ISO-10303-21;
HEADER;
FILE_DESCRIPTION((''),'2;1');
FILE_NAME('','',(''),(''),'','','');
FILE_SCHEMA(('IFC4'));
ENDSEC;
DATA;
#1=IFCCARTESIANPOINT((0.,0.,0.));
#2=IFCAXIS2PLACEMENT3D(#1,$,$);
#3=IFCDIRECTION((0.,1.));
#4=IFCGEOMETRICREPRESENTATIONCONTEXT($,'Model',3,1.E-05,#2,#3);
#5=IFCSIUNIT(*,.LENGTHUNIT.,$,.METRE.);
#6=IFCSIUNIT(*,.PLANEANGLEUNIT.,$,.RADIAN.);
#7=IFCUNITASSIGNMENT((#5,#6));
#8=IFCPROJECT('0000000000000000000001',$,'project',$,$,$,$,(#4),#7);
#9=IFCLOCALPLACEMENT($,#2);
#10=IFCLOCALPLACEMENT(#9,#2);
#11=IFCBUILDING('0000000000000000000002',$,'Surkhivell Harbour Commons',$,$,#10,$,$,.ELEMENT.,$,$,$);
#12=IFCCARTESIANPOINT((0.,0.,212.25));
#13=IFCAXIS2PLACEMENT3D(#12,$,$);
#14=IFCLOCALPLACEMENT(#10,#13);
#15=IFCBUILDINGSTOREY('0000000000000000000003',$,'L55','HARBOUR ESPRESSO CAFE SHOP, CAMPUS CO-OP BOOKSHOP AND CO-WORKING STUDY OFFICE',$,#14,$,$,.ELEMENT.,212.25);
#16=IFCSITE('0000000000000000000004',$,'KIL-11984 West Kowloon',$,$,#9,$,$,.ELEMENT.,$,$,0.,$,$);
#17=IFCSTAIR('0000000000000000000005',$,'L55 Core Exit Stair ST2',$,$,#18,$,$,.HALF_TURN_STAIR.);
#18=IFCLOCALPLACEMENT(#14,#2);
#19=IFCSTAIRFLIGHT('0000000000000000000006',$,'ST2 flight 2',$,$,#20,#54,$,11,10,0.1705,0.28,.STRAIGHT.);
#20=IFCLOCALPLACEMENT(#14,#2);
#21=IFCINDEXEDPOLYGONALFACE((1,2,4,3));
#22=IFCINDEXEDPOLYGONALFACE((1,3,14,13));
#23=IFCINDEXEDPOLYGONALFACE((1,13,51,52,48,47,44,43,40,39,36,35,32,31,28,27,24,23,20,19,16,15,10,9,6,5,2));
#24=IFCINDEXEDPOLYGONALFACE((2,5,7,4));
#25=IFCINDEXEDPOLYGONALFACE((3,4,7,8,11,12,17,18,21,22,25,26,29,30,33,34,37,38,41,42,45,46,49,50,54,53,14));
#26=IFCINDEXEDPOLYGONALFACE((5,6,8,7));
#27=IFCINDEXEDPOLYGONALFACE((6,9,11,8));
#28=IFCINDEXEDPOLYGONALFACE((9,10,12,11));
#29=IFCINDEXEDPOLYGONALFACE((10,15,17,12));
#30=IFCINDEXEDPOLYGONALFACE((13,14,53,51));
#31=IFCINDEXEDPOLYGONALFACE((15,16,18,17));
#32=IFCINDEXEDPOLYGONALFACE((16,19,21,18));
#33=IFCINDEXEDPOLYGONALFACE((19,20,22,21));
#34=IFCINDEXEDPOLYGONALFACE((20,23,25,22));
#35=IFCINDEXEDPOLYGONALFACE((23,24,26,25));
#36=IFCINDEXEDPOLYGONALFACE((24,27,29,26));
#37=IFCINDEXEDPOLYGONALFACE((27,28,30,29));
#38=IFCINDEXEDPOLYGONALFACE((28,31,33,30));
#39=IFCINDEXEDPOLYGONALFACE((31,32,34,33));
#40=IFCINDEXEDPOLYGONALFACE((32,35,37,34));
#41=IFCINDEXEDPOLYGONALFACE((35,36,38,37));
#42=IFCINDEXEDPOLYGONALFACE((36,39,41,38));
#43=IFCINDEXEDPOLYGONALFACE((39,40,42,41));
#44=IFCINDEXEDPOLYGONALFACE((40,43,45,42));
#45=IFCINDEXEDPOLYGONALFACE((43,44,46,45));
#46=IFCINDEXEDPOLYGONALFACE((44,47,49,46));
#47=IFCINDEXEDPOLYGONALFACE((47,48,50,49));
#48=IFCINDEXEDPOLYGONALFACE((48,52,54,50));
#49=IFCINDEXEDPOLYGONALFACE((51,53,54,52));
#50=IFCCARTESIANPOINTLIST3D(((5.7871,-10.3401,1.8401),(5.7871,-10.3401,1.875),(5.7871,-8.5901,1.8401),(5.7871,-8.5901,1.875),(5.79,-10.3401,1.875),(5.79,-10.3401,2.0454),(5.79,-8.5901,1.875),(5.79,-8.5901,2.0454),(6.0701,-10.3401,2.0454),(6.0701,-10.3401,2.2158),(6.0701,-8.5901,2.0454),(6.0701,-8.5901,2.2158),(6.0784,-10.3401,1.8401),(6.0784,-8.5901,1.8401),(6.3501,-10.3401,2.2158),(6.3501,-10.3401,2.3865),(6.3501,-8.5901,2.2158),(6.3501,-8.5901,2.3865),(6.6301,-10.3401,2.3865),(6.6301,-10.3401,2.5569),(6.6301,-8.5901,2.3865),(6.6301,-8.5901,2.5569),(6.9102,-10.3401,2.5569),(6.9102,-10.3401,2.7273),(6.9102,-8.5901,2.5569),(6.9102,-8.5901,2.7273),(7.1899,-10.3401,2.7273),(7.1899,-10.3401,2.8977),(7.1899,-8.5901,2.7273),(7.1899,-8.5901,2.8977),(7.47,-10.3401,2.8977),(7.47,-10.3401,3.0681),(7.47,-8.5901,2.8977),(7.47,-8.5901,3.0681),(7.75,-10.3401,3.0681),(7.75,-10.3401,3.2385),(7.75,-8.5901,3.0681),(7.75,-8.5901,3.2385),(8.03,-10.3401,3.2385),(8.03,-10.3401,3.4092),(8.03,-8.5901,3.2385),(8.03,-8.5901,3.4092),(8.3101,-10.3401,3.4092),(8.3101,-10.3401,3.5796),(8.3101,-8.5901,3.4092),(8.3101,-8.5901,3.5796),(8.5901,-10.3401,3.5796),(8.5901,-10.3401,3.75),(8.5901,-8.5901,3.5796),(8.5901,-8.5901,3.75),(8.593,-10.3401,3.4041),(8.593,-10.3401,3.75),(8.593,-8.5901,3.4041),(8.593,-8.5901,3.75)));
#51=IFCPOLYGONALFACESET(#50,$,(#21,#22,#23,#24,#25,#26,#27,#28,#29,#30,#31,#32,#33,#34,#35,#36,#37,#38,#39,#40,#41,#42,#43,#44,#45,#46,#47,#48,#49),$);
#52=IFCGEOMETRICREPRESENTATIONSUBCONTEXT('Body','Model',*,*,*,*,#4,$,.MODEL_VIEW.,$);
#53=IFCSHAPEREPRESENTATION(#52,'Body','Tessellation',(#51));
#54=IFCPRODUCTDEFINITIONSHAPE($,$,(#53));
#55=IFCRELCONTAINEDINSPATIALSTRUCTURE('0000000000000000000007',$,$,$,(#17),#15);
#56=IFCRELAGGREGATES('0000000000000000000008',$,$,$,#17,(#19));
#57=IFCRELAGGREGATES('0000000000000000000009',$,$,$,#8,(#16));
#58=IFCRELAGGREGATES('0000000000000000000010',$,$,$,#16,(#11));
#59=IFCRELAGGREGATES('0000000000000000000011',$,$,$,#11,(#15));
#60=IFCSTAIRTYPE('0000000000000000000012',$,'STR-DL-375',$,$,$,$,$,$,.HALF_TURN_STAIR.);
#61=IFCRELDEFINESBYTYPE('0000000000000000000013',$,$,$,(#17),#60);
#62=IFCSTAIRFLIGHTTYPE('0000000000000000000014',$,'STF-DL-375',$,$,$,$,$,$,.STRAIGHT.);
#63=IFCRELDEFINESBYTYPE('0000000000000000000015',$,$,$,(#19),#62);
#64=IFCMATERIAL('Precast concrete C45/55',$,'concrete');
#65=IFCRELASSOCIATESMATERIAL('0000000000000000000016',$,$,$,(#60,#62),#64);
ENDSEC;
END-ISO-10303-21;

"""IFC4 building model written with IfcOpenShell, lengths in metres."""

from ifc_helpers import new_model, si_unit, direction, frame, origin, place, context, subcontext, project, spatial, polyline, outline, extrude, material, type_object, element, aggregate, save


model = new_model("IFC4")

# Units and contexts
model_context = context("Model", 3, precision=1e-05, world=origin(), true_north=direction((0.0, 1.0)))
body_context = subcontext(model_context, "Body", "Model", "MODEL_VIEW")
ifc_project = project(units=[si_unit("LENGTHUNIT", "METRE"), si_unit("PLANEANGLEUNIT", "RADIAN")], contexts=[model_context])

# Site, building, storey
site_placement = place(None, origin())
site = spatial("IfcSite", under=ifc_project, at=site_placement, Name="KIL-11984 West Kowloon", CompositionType="ELEMENT", RefElevation=0.0)
building_placement = place(site_placement, origin())
building = spatial("IfcBuilding", under=site, at=building_placement, Name="Surkhivell Harbour Commons", CompositionType="ELEMENT")
storey_placement = place(building_placement, frame((0.0, 0.0, 212.25)))
storey = spatial("IfcBuildingStorey", under=building, at=storey_placement, Name="L55", Description="HARBOUR ESPRESSO CAFE SHOP, CAMPUS CO-OP BOOKSHOP AND CO-WORKING STUDY OFFICE", CompositionType="ELEMENT", Elevation=212.25)

# Stair, stair flight
ifc_material_1 = material(Name="Precast concrete C45/55", Category="concrete")
stair_type = type_object("IfcStairType", Name="STR-DL-375", PredefinedType="HALF_TURN_STAIR", material=ifc_material_1)
stair_placement = place(storey_placement, origin())
stair = element("IfcStair", 1, at=stair_placement, inside=storey, type_object=stair_type, Name="L55 Core Exit Stair ST2", PredefinedType="HALF_TURN_STAIR")
stair_flight_type = type_object("IfcStairFlightType", Name="STF-DL-375", PredefinedType="STRAIGHT", material=ifc_material_1)
stair_flight_placement = place(storey_placement, frame((5.79, -9.4651, 1.875), z_axis=(0.0, 0.0, 1.0), x_axis=(1.0, 0.0, 0.0)))
stair_flight = element("IfcStairFlight", 2, at=stair_flight_placement, type_object=stair_flight_type, Name="ST2 flight 2", NumberOfRisers=11, NumberOfTreads=10, PredefinedType="STRAIGHT", RiserHeight=0.1705, TreadLength=0.28, context=body_context, shape_type="SweptSolid", body=[
    extrude(outline(polyline([(-0.0029, -0.0349), (-0.0029, 0.0), (0.0, 0.0), (0.0, 0.1704), (0.28, 0.1704), (0.28, 0.3408), (0.5601, 0.3408), (0.5601, 0.5115), (0.8401, 0.5115), (0.8401, 0.6819), (1.1201, 0.6819), (1.1201, 0.8523), (1.3999, 0.8523), (1.3999, 1.0227), (1.6799, 1.0227), (1.6799, 1.1931), (1.96, 1.1931), (1.96, 1.3635), (2.24, 1.3635), (2.24, 1.5342), (2.52, 1.5342), (2.52, 1.7046), (2.8, 1.7046), (2.8, 1.875), (2.803, 1.875), (2.803, 1.5291), (0.2883, -0.0349), (-0.0029, -0.0349)])), frame((0.0, 0.875, 0.0), z_axis=(0.0, -1.0, 0.0), x_axis=(1.0, 0.0, 0.0)), (0.0, 0.0, 1.0), 1.75),
])
aggregate(stair, [stair_flight])

save(model, "model.ifc")
